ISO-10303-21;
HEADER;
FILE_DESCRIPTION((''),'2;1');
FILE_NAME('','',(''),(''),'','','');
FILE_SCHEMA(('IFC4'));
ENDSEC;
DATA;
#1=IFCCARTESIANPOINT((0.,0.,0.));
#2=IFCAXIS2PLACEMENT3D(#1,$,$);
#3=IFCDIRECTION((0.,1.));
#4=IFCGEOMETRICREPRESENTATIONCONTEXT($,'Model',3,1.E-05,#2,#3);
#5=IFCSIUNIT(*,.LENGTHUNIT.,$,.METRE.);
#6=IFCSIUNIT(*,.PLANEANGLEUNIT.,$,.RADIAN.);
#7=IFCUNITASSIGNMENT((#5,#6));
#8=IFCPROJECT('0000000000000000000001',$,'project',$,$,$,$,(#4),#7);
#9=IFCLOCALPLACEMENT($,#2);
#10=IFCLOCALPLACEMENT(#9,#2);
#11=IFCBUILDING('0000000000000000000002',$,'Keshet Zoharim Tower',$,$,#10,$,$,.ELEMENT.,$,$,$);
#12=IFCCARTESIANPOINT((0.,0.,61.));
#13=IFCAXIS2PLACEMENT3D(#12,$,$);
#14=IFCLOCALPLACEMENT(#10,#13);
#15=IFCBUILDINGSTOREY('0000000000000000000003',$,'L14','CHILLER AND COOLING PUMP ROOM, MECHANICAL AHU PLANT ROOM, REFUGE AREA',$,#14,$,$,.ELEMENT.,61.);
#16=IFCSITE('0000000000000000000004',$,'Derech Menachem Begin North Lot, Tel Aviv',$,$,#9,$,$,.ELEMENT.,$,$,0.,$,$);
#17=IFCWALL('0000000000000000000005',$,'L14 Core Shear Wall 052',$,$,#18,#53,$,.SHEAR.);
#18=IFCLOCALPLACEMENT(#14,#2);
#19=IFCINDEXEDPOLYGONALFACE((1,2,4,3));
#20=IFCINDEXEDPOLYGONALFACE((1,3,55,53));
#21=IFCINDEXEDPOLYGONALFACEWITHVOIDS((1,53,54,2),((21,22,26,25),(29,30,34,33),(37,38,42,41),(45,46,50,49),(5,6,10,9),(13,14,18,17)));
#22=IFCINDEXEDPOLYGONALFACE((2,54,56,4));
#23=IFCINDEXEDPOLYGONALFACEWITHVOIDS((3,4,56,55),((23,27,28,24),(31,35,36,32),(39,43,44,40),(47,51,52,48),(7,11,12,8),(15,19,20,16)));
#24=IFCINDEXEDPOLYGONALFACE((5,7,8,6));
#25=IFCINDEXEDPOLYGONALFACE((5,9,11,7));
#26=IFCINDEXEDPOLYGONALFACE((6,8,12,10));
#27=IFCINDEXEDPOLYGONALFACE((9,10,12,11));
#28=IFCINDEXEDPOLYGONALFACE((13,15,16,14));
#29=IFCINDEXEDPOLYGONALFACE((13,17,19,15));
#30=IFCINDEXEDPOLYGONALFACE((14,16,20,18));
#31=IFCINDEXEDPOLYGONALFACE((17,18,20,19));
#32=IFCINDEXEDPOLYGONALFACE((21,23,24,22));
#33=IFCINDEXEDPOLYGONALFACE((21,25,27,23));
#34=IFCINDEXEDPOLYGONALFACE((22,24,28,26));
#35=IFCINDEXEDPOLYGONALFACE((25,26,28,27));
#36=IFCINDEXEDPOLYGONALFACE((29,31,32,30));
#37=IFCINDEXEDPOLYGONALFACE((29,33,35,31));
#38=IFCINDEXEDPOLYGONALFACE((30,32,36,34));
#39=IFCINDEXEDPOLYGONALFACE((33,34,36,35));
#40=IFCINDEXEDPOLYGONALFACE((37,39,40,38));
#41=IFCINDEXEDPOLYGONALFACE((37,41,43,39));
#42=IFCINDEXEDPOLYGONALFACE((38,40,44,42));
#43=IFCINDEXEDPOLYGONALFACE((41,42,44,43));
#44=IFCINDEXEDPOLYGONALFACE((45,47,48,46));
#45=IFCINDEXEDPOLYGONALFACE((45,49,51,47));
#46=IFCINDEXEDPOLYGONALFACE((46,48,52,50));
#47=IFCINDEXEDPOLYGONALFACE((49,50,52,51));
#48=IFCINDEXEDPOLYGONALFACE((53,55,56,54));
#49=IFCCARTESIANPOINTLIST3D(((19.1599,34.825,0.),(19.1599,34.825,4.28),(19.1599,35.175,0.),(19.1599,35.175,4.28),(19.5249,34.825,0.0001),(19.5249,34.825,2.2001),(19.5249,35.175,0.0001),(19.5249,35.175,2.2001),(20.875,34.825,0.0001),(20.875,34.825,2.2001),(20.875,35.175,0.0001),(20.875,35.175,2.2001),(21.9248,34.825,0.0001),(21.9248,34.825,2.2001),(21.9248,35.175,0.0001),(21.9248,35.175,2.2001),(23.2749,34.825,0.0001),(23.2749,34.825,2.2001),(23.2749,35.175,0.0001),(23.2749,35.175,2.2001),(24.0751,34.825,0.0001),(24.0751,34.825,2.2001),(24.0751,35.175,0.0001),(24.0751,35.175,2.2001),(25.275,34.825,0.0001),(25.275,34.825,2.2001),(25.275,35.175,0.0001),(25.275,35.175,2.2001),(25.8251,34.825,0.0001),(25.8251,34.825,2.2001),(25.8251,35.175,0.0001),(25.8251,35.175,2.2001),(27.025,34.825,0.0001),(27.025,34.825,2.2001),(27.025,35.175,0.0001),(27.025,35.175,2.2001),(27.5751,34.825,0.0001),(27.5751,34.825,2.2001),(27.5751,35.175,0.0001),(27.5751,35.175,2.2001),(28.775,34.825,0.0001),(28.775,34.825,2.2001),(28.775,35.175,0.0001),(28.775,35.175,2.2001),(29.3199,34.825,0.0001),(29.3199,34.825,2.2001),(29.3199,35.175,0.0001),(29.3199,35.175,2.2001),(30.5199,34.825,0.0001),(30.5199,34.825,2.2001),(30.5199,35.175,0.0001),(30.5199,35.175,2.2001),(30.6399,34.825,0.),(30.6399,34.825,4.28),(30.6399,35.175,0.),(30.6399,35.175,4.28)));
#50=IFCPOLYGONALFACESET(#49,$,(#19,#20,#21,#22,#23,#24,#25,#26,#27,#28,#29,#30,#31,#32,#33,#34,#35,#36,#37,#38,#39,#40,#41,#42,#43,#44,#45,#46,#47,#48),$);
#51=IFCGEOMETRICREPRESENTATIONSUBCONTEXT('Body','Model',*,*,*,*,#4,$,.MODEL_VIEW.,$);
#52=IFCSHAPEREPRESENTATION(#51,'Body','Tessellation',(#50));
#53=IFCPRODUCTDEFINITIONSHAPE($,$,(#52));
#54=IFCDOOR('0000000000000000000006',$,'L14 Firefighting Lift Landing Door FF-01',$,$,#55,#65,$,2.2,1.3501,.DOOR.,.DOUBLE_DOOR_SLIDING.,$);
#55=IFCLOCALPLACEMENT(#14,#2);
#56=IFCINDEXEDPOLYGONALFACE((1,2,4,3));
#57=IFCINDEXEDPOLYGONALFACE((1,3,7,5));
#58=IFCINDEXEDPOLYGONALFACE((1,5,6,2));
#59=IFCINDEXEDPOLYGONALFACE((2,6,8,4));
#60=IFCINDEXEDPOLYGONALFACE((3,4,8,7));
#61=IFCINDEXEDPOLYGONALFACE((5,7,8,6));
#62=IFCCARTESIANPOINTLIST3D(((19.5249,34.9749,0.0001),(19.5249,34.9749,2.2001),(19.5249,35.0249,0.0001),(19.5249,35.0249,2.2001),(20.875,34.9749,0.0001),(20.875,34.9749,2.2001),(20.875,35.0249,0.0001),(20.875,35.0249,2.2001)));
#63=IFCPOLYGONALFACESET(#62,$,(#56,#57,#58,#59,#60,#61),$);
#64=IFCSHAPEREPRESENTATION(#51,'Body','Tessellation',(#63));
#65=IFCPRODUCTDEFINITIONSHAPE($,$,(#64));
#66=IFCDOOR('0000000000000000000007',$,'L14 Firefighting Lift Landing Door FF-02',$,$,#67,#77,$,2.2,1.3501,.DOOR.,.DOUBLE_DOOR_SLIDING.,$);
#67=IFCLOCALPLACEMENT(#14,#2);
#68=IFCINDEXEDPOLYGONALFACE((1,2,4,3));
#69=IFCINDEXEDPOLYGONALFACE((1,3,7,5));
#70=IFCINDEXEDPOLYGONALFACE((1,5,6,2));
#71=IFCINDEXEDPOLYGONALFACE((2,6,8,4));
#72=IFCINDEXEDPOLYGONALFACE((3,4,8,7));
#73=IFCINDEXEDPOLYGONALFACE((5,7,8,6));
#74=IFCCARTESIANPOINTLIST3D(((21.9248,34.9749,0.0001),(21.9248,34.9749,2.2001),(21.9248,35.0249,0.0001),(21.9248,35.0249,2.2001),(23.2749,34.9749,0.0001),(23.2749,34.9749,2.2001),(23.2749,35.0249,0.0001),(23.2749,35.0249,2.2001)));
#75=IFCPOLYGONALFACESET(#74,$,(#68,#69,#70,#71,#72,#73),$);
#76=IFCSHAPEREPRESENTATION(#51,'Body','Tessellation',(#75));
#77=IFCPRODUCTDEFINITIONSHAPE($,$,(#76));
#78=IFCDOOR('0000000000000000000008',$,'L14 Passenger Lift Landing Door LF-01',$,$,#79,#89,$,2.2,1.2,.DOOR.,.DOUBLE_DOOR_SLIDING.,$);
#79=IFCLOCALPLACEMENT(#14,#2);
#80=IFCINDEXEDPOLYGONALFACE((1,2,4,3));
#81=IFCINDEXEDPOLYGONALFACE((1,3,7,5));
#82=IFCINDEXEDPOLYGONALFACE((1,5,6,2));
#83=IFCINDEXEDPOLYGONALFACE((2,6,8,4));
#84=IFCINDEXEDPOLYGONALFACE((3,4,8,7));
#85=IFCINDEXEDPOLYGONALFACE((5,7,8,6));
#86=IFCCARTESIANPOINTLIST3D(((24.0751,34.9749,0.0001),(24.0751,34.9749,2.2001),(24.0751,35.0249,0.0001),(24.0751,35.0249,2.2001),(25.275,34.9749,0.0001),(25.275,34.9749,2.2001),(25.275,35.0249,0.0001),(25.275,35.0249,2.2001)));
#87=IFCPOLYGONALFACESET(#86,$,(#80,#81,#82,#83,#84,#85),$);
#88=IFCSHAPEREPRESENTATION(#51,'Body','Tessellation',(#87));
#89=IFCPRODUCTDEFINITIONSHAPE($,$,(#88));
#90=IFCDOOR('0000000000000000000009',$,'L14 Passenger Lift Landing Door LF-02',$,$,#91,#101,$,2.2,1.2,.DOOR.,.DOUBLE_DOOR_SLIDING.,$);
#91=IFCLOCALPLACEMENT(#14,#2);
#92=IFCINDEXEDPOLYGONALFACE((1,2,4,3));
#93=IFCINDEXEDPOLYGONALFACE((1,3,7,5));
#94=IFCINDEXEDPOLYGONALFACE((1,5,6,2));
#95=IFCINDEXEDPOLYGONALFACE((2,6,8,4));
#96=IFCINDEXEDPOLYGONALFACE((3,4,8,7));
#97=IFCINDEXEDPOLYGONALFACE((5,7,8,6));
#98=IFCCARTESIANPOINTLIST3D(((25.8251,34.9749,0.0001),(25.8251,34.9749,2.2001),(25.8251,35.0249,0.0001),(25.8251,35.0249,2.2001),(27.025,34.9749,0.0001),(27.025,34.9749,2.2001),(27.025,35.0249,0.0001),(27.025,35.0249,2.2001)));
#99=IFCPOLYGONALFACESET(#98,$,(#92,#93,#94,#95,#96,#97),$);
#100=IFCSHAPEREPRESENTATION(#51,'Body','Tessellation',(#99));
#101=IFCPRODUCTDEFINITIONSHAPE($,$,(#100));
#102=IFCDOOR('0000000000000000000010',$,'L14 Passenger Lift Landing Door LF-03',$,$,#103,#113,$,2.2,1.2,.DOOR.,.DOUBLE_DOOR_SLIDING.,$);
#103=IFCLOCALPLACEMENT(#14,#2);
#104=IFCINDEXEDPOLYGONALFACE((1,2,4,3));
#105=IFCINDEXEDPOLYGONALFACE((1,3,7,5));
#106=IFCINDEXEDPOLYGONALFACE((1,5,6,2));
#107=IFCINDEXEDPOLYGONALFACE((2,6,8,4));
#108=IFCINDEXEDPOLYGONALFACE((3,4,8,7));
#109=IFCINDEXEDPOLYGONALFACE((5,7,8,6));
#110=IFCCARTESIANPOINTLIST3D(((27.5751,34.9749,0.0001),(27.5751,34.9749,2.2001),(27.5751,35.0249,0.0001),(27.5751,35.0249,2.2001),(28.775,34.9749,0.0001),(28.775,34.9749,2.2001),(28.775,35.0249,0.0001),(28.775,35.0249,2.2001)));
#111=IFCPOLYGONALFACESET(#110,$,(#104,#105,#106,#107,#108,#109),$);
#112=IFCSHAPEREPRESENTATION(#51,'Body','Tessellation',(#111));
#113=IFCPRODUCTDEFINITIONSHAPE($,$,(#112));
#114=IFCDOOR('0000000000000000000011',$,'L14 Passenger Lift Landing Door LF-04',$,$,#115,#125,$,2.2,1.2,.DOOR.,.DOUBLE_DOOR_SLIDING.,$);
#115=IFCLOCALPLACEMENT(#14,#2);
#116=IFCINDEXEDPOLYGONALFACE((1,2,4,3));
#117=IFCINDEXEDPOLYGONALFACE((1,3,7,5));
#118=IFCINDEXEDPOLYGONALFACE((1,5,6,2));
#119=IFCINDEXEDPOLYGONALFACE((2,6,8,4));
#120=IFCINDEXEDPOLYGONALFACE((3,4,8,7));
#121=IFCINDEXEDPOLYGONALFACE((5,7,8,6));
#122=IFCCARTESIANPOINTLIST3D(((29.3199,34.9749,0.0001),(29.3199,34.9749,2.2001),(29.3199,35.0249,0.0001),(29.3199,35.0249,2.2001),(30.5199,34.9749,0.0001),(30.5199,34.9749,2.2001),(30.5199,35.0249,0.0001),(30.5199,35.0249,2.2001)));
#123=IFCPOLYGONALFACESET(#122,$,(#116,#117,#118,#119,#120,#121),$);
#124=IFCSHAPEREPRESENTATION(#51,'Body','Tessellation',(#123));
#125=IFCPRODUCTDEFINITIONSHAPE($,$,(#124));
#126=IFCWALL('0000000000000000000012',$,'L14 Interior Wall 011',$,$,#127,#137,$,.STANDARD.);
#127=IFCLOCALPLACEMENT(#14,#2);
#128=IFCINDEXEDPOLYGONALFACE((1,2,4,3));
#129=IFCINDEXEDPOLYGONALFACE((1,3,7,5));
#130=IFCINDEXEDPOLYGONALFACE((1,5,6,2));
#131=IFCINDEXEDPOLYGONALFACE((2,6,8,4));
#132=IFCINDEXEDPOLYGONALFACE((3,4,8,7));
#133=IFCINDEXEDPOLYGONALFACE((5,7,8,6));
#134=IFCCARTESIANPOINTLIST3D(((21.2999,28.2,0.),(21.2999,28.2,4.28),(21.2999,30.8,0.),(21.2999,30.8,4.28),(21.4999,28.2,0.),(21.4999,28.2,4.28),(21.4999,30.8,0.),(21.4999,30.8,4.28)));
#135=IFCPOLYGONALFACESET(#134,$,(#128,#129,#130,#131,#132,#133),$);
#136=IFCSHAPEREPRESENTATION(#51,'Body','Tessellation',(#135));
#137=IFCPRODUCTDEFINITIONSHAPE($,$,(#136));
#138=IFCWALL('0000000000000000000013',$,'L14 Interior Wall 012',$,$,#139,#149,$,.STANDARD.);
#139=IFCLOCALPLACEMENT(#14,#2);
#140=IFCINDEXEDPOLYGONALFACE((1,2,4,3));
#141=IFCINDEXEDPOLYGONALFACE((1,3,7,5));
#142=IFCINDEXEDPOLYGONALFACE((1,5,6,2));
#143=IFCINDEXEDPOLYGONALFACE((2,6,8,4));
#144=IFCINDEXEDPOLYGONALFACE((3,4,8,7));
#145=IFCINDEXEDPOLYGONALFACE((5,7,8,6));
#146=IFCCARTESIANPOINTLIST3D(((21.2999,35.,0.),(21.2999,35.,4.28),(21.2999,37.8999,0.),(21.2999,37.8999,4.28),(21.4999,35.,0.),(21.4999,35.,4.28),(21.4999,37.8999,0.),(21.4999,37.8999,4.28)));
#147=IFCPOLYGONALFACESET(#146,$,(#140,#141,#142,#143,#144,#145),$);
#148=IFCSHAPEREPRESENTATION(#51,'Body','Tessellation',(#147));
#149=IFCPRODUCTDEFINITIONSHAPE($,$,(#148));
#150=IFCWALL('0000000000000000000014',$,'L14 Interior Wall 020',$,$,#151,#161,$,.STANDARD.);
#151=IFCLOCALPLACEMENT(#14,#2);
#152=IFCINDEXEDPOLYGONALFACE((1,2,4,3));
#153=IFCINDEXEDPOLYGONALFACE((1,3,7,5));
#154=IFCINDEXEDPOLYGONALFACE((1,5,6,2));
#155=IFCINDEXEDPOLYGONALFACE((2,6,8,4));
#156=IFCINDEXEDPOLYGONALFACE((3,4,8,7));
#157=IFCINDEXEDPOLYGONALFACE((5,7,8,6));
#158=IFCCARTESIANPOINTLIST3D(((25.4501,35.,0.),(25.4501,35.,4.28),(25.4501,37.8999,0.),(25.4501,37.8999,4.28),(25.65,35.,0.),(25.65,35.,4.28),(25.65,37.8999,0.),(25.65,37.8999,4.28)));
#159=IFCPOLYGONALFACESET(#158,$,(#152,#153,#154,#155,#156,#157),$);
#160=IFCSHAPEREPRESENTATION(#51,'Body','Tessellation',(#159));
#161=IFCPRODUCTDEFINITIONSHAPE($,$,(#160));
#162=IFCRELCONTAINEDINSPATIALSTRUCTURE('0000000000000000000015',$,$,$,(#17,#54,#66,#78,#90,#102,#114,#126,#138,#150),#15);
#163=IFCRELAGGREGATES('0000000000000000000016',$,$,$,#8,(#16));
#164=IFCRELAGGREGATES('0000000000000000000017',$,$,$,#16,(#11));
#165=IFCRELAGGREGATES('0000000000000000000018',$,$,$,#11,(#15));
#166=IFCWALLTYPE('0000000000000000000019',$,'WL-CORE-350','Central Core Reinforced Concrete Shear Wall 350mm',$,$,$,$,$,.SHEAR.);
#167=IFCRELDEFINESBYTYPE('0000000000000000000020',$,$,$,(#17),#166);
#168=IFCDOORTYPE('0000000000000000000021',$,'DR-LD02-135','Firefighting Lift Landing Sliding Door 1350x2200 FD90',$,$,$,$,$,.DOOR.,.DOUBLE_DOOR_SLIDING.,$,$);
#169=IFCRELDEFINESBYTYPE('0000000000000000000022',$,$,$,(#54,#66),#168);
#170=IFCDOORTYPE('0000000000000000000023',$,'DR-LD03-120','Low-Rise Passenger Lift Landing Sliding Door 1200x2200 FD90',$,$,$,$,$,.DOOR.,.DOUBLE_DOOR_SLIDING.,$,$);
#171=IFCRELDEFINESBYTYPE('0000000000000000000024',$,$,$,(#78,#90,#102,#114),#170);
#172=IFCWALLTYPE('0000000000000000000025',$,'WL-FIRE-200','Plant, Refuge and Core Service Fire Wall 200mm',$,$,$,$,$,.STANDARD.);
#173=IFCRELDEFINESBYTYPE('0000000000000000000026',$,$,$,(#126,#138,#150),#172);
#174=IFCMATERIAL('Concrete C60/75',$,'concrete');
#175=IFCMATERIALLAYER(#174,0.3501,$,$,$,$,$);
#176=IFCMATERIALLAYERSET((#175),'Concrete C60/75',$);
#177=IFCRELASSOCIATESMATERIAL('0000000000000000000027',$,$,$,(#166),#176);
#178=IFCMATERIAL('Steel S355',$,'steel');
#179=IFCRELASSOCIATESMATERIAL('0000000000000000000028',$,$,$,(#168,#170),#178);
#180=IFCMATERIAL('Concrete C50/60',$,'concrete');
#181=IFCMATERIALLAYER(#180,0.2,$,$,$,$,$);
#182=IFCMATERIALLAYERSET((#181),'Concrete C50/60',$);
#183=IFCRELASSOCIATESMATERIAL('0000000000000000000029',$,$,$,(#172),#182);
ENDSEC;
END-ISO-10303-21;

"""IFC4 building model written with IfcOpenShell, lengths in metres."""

from ifc_helpers import new_model, si_unit, direction, frame, frame_2d, origin, place, context, subcontext, project, spatial, rectangle, extrude, material, layer, layer_set, type_object, element, fill, save


model = new_model("IFC4")

# Units and contexts
model_context = context("Model", 3, precision=1e-05, world=origin(), true_north=direction((0.0, 1.0)))
body_context = subcontext(model_context, "Body", "Model", "MODEL_VIEW")
ifc_project = project(units=[si_unit("LENGTHUNIT", "METRE"), si_unit("PLANEANGLEUNIT", "RADIAN")], contexts=[model_context])

# Site, building, storey
site_placement = place(None, origin())
site = spatial("IfcSite", under=ifc_project, at=site_placement, Name="Derech Menachem Begin North Lot, Tel Aviv", CompositionType="ELEMENT", RefElevation=0.0)
building_placement = place(site_placement, origin())
building = spatial("IfcBuilding", under=site, at=building_placement, Name="Keshet Zoharim Tower", CompositionType="ELEMENT")
storey_placement = place(building_placement, frame((0.0, 0.0, 61.0)))
storey = spatial("IfcBuildingStorey", under=building, at=storey_placement, Name="L14", Description="CHILLER AND COOLING PUMP ROOM, MECHANICAL AHU PLANT ROOM, REFUGE AREA", CompositionType="ELEMENT", Elevation=61.0)

# Shared definitions
ifc_material_1 = material(Name="Concrete C60/75", Category="concrete")
ifc_layer_1 = layer(ifc_material_1, 0.3501)
ifc_layer_set_1 = layer_set([ifc_layer_1], Name="Concrete C60/75")
wall_type_1 = type_object("IfcWallType", Name="WL-CORE-350", Description="Central Core Reinforced Concrete Shear Wall 350mm", PredefinedType="SHEAR", material=ifc_layer_set_1)

# Shared definitions
ifc_material_2 = material(Name="Steel S355", Category="steel")

# Wall, openings, doors
wall_1_placement = place(storey_placement, frame((19.1599, 35.0, 0.0), z_axis=(0.0, 0.0, 1.0), x_axis=(1.0, 0.0, 0.0)))
wall_1 = element("IfcWall", 1, at=wall_1_placement, inside=storey, type_object=wall_type_1, Name="L14 Core Shear Wall 052", PredefinedType="SHEAR", context=body_context, shape_type="SweptSolid", body=[
    extrude(rectangle(XDim=11.48, YDim=0.3501, at=frame_2d((5.74, 0.0))), origin(), (0.0, 0.0, 1.0), 4.28),
])
opening_1_placement = place(wall_1_placement, frame((0.365, 0.0, 0.0)))
opening_1 = element("IfcOpeningElement", 2, at=opening_1_placement, cuts=wall_1, PredefinedType="OPENING", context=body_context, shape_type="SweptSolid", body=[
    extrude(rectangle(XDim=1.3501, YDim=2.2, at=frame_2d((0.675, 1.1001))), frame((0.0, 0.1851, 0.0), z_axis=(0.0, -1.0, 0.0), x_axis=(1.0, 0.0, 0.0)), (0.0, 0.0, 1.0), 0.3701),
])
opening_2_placement = place(wall_1_placement, frame((2.7649, 0.0, 0.0)))
opening_2 = element("IfcOpeningElement", 3, at=opening_2_placement, cuts=wall_1, PredefinedType="OPENING", context=body_context, shape_type="SweptSolid", body=[
    extrude(rectangle(XDim=1.3501, YDim=2.2, at=frame_2d((0.675, 1.1001))), frame((0.0, 0.1851, 0.0), z_axis=(0.0, -1.0, 0.0), x_axis=(1.0, 0.0, 0.0)), (0.0, 0.0, 1.0), 0.3701),
])
opening_3_placement = place(wall_1_placement, frame((4.915, 0.0, 0.0)))
opening_3 = element("IfcOpeningElement", 4, at=opening_3_placement, cuts=wall_1, PredefinedType="OPENING", context=body_context, shape_type="SweptSolid", body=[
    extrude(rectangle(XDim=1.2, YDim=2.2, at=frame_2d((0.6001, 1.1001))), frame((0.0, 0.1851, 0.0), z_axis=(0.0, -1.0, 0.0), x_axis=(1.0, 0.0, 0.0)), (0.0, 0.0, 1.0), 0.3701),
])
opening_4_placement = place(wall_1_placement, frame((6.665, 0.0, 0.0)))
opening_4 = element("IfcOpeningElement", 5, at=opening_4_placement, cuts=wall_1, PredefinedType="OPENING", context=body_context, shape_type="SweptSolid", body=[
    extrude(rectangle(XDim=1.2, YDim=2.2, at=frame_2d((0.6001, 1.1001))), frame((0.0, 0.1851, 0.0), z_axis=(0.0, -1.0, 0.0), x_axis=(1.0, 0.0, 0.0)), (0.0, 0.0, 1.0), 0.3701),
])
opening_5_placement = place(wall_1_placement, frame((8.415, 0.0, 0.0)))
opening_5 = element("IfcOpeningElement", 6, at=opening_5_placement, cuts=wall_1, PredefinedType="OPENING", context=body_context, shape_type="SweptSolid", body=[
    extrude(rectangle(XDim=1.2, YDim=2.2, at=frame_2d((0.6001, 1.1001))), frame((0.0, 0.1851, 0.0), z_axis=(0.0, -1.0, 0.0), x_axis=(1.0, 0.0, 0.0)), (0.0, 0.0, 1.0), 0.3701),
])
opening_6_placement = place(wall_1_placement, frame((10.1599, 0.0, 0.0)))
opening_6 = element("IfcOpeningElement", 7, at=opening_6_placement, cuts=wall_1, PredefinedType="OPENING", context=body_context, shape_type="SweptSolid", body=[
    extrude(rectangle(XDim=1.2, YDim=2.2, at=frame_2d((0.6001, 1.1001))), frame((0.0, 0.1851, 0.0), z_axis=(0.0, -1.0, 0.0), x_axis=(1.0, 0.0, 0.0)), (0.0, 0.0, 1.0), 0.3701),
])
door_type_1 = type_object("IfcDoorType", Name="DR-LD02-135", Description="Firefighting Lift Landing Sliding Door 1350x2200 FD90", OperationType="DOUBLE_DOOR_SLIDING", PredefinedType="DOOR", material=ifc_material_2)
door_1_placement = place(opening_1_placement, origin())
door_1 = element("IfcDoor", 8, at=door_1_placement, inside=storey, type_object=door_type_1, Name="L14 Firefighting Lift Landing Door FF-01", OperationType="DOUBLE_DOOR_SLIDING", OverallHeight=2.2, OverallWidth=1.3501, PredefinedType="DOOR", context=body_context, shape_type="SweptSolid", body=[
    extrude(rectangle(XDim=1.3501, YDim=2.2, at=frame_2d((0.675, 1.1001))), frame((0.0, 0.0249, 0.0), z_axis=(0.0, -1.0, 0.0), x_axis=(1.0, 0.0, 0.0)), (0.0, 0.0, 1.0), 0.05),
])
fill(opening_1, door_1)
door_2_placement = place(opening_2_placement, origin())
door_2 = element("IfcDoor", 9, at=door_2_placement, inside=storey, type_object=door_type_1, Name="L14 Firefighting Lift Landing Door FF-02", OperationType="DOUBLE_DOOR_SLIDING", OverallHeight=2.2, OverallWidth=1.3501, PredefinedType="DOOR", context=body_context, shape_type="SweptSolid", body=[
    extrude(rectangle(XDim=1.3501, YDim=2.2, at=frame_2d((0.675, 1.1001))), frame((0.0, 0.0249, 0.0), z_axis=(0.0, -1.0, 0.0), x_axis=(1.0, 0.0, 0.0)), (0.0, 0.0, 1.0), 0.05),
])
fill(opening_2, door_2)
door_type_2 = type_object("IfcDoorType", Name="DR-LD03-120", Description="Low-Rise Passenger Lift Landing Sliding Door 1200x2200 FD90", OperationType="DOUBLE_DOOR_SLIDING", PredefinedType="DOOR", material=ifc_material_2)
door_3_placement = place(opening_3_placement, origin())
door_3 = element("IfcDoor", 10, at=door_3_placement, inside=storey, type_object=door_type_2, Name="L14 Passenger Lift Landing Door LF-01", OperationType="DOUBLE_DOOR_SLIDING", OverallHeight=2.2, OverallWidth=1.2, PredefinedType="DOOR", context=body_context, shape_type="SweptSolid", body=[
    extrude(rectangle(XDim=1.2, YDim=2.2, at=frame_2d((0.6001, 1.1001))), frame((0.0, 0.0249, 0.0), z_axis=(0.0, -1.0, 0.0), x_axis=(1.0, 0.0, 0.0)), (0.0, 0.0, 1.0), 0.05),
])
fill(opening_3, door_3)
door_4_placement = place(opening_4_placement, origin())
door_4 = element("IfcDoor", 11, at=door_4_placement, inside=storey, type_object=door_type_2, Name="L14 Passenger Lift Landing Door LF-02", OperationType="DOUBLE_DOOR_SLIDING", OverallHeight=2.2, OverallWidth=1.2, PredefinedType="DOOR", context=body_context, shape_type="SweptSolid", body=[
    extrude(rectangle(XDim=1.2, YDim=2.2, at=frame_2d((0.6001, 1.1001))), frame((0.0, 0.0249, 0.0), z_axis=(0.0, -1.0, 0.0), x_axis=(1.0, 0.0, 0.0)), (0.0, 0.0, 1.0), 0.05),
])
fill(opening_4, door_4)
door_5_placement = place(opening_5_placement, origin())
door_5 = element("IfcDoor", 12, at=door_5_placement, inside=storey, type_object=door_type_2, Name="L14 Passenger Lift Landing Door LF-03", OperationType="DOUBLE_DOOR_SLIDING", OverallHeight=2.2, OverallWidth=1.2, PredefinedType="DOOR", context=body_context, shape_type="SweptSolid", body=[
    extrude(rectangle(XDim=1.2, YDim=2.2, at=frame_2d((0.6001, 1.1001))), frame((0.0, 0.0249, 0.0), z_axis=(0.0, -1.0, 0.0), x_axis=(1.0, 0.0, 0.0)), (0.0, 0.0, 1.0), 0.05),
])
fill(opening_5, door_5)
door_6_placement = place(opening_6_placement, origin())
door_6 = element("IfcDoor", 13, at=door_6_placement, inside=storey, type_object=door_type_2, Name="L14 Passenger Lift Landing Door LF-04", OperationType="DOUBLE_DOOR_SLIDING", OverallHeight=2.2, OverallWidth=1.2, PredefinedType="DOOR", context=body_context, shape_type="SweptSolid", body=[
    extrude(rectangle(XDim=1.2, YDim=2.2, at=frame_2d((0.6001, 1.1001))), frame((0.0, 0.0249, 0.0), z_axis=(0.0, -1.0, 0.0), x_axis=(1.0, 0.0, 0.0)), (0.0, 0.0, 1.0), 0.05),
])
fill(opening_6, door_6)

# Walls
ifc_material_3 = material(Name="Concrete C50/60", Category="concrete")
ifc_layer_2 = layer(ifc_material_3, 0.2)
ifc_layer_set_2 = layer_set([ifc_layer_2], Name="Concrete C50/60")
wall_type_2 = type_object("IfcWallType", Name="WL-FIRE-200", Description="Plant, Refuge and Core Service Fire Wall 200mm", PredefinedType="STANDARD", material=ifc_layer_set_2)
wall_2_placement = place(storey_placement, frame((21.3999, 28.2, 0.0), z_axis=(0.0, 0.0, 1.0), x_axis=(0.0, 1.0, 0.0)))
element("IfcWall", 14, at=wall_2_placement, inside=storey, type_object=wall_type_2, Name="L14 Interior Wall 011", PredefinedType="STANDARD", context=body_context, shape_type="SweptSolid", body=[
    extrude(rectangle(XDim=2.6001, YDim=0.2, at=frame_2d((1.3, 0.0))), origin(), (0.0, 0.0, 1.0), 4.28),
])
for number, where, z_axis, x_axis, name in (
    (15, (21.3999, 35.0, 0.0), (0.0, 0.0, 1.0), (0.0, 1.0, 0.0), "L14 Interior Wall 012"),
    (16, (25.55, 35.0, 0.0), (0.0, 0.0, 1.0), (0.0, 1.0, 0.0), "L14 Interior Wall 020"),
):
    element("IfcWall", number, at=place(storey_placement, frame(where, z_axis=z_axis, x_axis=x_axis)), inside=storey, type_object=wall_type_2, Name=name, PredefinedType="STANDARD", context=body_context, shape_type="SweptSolid", body=[
        extrude(rectangle(XDim=2.8999, YDim=0.2, at=frame_2d((1.45, 0.0))), origin(), (0.0, 0.0, 1.0), 4.28),
    ])

save(model, "model.ifc")
